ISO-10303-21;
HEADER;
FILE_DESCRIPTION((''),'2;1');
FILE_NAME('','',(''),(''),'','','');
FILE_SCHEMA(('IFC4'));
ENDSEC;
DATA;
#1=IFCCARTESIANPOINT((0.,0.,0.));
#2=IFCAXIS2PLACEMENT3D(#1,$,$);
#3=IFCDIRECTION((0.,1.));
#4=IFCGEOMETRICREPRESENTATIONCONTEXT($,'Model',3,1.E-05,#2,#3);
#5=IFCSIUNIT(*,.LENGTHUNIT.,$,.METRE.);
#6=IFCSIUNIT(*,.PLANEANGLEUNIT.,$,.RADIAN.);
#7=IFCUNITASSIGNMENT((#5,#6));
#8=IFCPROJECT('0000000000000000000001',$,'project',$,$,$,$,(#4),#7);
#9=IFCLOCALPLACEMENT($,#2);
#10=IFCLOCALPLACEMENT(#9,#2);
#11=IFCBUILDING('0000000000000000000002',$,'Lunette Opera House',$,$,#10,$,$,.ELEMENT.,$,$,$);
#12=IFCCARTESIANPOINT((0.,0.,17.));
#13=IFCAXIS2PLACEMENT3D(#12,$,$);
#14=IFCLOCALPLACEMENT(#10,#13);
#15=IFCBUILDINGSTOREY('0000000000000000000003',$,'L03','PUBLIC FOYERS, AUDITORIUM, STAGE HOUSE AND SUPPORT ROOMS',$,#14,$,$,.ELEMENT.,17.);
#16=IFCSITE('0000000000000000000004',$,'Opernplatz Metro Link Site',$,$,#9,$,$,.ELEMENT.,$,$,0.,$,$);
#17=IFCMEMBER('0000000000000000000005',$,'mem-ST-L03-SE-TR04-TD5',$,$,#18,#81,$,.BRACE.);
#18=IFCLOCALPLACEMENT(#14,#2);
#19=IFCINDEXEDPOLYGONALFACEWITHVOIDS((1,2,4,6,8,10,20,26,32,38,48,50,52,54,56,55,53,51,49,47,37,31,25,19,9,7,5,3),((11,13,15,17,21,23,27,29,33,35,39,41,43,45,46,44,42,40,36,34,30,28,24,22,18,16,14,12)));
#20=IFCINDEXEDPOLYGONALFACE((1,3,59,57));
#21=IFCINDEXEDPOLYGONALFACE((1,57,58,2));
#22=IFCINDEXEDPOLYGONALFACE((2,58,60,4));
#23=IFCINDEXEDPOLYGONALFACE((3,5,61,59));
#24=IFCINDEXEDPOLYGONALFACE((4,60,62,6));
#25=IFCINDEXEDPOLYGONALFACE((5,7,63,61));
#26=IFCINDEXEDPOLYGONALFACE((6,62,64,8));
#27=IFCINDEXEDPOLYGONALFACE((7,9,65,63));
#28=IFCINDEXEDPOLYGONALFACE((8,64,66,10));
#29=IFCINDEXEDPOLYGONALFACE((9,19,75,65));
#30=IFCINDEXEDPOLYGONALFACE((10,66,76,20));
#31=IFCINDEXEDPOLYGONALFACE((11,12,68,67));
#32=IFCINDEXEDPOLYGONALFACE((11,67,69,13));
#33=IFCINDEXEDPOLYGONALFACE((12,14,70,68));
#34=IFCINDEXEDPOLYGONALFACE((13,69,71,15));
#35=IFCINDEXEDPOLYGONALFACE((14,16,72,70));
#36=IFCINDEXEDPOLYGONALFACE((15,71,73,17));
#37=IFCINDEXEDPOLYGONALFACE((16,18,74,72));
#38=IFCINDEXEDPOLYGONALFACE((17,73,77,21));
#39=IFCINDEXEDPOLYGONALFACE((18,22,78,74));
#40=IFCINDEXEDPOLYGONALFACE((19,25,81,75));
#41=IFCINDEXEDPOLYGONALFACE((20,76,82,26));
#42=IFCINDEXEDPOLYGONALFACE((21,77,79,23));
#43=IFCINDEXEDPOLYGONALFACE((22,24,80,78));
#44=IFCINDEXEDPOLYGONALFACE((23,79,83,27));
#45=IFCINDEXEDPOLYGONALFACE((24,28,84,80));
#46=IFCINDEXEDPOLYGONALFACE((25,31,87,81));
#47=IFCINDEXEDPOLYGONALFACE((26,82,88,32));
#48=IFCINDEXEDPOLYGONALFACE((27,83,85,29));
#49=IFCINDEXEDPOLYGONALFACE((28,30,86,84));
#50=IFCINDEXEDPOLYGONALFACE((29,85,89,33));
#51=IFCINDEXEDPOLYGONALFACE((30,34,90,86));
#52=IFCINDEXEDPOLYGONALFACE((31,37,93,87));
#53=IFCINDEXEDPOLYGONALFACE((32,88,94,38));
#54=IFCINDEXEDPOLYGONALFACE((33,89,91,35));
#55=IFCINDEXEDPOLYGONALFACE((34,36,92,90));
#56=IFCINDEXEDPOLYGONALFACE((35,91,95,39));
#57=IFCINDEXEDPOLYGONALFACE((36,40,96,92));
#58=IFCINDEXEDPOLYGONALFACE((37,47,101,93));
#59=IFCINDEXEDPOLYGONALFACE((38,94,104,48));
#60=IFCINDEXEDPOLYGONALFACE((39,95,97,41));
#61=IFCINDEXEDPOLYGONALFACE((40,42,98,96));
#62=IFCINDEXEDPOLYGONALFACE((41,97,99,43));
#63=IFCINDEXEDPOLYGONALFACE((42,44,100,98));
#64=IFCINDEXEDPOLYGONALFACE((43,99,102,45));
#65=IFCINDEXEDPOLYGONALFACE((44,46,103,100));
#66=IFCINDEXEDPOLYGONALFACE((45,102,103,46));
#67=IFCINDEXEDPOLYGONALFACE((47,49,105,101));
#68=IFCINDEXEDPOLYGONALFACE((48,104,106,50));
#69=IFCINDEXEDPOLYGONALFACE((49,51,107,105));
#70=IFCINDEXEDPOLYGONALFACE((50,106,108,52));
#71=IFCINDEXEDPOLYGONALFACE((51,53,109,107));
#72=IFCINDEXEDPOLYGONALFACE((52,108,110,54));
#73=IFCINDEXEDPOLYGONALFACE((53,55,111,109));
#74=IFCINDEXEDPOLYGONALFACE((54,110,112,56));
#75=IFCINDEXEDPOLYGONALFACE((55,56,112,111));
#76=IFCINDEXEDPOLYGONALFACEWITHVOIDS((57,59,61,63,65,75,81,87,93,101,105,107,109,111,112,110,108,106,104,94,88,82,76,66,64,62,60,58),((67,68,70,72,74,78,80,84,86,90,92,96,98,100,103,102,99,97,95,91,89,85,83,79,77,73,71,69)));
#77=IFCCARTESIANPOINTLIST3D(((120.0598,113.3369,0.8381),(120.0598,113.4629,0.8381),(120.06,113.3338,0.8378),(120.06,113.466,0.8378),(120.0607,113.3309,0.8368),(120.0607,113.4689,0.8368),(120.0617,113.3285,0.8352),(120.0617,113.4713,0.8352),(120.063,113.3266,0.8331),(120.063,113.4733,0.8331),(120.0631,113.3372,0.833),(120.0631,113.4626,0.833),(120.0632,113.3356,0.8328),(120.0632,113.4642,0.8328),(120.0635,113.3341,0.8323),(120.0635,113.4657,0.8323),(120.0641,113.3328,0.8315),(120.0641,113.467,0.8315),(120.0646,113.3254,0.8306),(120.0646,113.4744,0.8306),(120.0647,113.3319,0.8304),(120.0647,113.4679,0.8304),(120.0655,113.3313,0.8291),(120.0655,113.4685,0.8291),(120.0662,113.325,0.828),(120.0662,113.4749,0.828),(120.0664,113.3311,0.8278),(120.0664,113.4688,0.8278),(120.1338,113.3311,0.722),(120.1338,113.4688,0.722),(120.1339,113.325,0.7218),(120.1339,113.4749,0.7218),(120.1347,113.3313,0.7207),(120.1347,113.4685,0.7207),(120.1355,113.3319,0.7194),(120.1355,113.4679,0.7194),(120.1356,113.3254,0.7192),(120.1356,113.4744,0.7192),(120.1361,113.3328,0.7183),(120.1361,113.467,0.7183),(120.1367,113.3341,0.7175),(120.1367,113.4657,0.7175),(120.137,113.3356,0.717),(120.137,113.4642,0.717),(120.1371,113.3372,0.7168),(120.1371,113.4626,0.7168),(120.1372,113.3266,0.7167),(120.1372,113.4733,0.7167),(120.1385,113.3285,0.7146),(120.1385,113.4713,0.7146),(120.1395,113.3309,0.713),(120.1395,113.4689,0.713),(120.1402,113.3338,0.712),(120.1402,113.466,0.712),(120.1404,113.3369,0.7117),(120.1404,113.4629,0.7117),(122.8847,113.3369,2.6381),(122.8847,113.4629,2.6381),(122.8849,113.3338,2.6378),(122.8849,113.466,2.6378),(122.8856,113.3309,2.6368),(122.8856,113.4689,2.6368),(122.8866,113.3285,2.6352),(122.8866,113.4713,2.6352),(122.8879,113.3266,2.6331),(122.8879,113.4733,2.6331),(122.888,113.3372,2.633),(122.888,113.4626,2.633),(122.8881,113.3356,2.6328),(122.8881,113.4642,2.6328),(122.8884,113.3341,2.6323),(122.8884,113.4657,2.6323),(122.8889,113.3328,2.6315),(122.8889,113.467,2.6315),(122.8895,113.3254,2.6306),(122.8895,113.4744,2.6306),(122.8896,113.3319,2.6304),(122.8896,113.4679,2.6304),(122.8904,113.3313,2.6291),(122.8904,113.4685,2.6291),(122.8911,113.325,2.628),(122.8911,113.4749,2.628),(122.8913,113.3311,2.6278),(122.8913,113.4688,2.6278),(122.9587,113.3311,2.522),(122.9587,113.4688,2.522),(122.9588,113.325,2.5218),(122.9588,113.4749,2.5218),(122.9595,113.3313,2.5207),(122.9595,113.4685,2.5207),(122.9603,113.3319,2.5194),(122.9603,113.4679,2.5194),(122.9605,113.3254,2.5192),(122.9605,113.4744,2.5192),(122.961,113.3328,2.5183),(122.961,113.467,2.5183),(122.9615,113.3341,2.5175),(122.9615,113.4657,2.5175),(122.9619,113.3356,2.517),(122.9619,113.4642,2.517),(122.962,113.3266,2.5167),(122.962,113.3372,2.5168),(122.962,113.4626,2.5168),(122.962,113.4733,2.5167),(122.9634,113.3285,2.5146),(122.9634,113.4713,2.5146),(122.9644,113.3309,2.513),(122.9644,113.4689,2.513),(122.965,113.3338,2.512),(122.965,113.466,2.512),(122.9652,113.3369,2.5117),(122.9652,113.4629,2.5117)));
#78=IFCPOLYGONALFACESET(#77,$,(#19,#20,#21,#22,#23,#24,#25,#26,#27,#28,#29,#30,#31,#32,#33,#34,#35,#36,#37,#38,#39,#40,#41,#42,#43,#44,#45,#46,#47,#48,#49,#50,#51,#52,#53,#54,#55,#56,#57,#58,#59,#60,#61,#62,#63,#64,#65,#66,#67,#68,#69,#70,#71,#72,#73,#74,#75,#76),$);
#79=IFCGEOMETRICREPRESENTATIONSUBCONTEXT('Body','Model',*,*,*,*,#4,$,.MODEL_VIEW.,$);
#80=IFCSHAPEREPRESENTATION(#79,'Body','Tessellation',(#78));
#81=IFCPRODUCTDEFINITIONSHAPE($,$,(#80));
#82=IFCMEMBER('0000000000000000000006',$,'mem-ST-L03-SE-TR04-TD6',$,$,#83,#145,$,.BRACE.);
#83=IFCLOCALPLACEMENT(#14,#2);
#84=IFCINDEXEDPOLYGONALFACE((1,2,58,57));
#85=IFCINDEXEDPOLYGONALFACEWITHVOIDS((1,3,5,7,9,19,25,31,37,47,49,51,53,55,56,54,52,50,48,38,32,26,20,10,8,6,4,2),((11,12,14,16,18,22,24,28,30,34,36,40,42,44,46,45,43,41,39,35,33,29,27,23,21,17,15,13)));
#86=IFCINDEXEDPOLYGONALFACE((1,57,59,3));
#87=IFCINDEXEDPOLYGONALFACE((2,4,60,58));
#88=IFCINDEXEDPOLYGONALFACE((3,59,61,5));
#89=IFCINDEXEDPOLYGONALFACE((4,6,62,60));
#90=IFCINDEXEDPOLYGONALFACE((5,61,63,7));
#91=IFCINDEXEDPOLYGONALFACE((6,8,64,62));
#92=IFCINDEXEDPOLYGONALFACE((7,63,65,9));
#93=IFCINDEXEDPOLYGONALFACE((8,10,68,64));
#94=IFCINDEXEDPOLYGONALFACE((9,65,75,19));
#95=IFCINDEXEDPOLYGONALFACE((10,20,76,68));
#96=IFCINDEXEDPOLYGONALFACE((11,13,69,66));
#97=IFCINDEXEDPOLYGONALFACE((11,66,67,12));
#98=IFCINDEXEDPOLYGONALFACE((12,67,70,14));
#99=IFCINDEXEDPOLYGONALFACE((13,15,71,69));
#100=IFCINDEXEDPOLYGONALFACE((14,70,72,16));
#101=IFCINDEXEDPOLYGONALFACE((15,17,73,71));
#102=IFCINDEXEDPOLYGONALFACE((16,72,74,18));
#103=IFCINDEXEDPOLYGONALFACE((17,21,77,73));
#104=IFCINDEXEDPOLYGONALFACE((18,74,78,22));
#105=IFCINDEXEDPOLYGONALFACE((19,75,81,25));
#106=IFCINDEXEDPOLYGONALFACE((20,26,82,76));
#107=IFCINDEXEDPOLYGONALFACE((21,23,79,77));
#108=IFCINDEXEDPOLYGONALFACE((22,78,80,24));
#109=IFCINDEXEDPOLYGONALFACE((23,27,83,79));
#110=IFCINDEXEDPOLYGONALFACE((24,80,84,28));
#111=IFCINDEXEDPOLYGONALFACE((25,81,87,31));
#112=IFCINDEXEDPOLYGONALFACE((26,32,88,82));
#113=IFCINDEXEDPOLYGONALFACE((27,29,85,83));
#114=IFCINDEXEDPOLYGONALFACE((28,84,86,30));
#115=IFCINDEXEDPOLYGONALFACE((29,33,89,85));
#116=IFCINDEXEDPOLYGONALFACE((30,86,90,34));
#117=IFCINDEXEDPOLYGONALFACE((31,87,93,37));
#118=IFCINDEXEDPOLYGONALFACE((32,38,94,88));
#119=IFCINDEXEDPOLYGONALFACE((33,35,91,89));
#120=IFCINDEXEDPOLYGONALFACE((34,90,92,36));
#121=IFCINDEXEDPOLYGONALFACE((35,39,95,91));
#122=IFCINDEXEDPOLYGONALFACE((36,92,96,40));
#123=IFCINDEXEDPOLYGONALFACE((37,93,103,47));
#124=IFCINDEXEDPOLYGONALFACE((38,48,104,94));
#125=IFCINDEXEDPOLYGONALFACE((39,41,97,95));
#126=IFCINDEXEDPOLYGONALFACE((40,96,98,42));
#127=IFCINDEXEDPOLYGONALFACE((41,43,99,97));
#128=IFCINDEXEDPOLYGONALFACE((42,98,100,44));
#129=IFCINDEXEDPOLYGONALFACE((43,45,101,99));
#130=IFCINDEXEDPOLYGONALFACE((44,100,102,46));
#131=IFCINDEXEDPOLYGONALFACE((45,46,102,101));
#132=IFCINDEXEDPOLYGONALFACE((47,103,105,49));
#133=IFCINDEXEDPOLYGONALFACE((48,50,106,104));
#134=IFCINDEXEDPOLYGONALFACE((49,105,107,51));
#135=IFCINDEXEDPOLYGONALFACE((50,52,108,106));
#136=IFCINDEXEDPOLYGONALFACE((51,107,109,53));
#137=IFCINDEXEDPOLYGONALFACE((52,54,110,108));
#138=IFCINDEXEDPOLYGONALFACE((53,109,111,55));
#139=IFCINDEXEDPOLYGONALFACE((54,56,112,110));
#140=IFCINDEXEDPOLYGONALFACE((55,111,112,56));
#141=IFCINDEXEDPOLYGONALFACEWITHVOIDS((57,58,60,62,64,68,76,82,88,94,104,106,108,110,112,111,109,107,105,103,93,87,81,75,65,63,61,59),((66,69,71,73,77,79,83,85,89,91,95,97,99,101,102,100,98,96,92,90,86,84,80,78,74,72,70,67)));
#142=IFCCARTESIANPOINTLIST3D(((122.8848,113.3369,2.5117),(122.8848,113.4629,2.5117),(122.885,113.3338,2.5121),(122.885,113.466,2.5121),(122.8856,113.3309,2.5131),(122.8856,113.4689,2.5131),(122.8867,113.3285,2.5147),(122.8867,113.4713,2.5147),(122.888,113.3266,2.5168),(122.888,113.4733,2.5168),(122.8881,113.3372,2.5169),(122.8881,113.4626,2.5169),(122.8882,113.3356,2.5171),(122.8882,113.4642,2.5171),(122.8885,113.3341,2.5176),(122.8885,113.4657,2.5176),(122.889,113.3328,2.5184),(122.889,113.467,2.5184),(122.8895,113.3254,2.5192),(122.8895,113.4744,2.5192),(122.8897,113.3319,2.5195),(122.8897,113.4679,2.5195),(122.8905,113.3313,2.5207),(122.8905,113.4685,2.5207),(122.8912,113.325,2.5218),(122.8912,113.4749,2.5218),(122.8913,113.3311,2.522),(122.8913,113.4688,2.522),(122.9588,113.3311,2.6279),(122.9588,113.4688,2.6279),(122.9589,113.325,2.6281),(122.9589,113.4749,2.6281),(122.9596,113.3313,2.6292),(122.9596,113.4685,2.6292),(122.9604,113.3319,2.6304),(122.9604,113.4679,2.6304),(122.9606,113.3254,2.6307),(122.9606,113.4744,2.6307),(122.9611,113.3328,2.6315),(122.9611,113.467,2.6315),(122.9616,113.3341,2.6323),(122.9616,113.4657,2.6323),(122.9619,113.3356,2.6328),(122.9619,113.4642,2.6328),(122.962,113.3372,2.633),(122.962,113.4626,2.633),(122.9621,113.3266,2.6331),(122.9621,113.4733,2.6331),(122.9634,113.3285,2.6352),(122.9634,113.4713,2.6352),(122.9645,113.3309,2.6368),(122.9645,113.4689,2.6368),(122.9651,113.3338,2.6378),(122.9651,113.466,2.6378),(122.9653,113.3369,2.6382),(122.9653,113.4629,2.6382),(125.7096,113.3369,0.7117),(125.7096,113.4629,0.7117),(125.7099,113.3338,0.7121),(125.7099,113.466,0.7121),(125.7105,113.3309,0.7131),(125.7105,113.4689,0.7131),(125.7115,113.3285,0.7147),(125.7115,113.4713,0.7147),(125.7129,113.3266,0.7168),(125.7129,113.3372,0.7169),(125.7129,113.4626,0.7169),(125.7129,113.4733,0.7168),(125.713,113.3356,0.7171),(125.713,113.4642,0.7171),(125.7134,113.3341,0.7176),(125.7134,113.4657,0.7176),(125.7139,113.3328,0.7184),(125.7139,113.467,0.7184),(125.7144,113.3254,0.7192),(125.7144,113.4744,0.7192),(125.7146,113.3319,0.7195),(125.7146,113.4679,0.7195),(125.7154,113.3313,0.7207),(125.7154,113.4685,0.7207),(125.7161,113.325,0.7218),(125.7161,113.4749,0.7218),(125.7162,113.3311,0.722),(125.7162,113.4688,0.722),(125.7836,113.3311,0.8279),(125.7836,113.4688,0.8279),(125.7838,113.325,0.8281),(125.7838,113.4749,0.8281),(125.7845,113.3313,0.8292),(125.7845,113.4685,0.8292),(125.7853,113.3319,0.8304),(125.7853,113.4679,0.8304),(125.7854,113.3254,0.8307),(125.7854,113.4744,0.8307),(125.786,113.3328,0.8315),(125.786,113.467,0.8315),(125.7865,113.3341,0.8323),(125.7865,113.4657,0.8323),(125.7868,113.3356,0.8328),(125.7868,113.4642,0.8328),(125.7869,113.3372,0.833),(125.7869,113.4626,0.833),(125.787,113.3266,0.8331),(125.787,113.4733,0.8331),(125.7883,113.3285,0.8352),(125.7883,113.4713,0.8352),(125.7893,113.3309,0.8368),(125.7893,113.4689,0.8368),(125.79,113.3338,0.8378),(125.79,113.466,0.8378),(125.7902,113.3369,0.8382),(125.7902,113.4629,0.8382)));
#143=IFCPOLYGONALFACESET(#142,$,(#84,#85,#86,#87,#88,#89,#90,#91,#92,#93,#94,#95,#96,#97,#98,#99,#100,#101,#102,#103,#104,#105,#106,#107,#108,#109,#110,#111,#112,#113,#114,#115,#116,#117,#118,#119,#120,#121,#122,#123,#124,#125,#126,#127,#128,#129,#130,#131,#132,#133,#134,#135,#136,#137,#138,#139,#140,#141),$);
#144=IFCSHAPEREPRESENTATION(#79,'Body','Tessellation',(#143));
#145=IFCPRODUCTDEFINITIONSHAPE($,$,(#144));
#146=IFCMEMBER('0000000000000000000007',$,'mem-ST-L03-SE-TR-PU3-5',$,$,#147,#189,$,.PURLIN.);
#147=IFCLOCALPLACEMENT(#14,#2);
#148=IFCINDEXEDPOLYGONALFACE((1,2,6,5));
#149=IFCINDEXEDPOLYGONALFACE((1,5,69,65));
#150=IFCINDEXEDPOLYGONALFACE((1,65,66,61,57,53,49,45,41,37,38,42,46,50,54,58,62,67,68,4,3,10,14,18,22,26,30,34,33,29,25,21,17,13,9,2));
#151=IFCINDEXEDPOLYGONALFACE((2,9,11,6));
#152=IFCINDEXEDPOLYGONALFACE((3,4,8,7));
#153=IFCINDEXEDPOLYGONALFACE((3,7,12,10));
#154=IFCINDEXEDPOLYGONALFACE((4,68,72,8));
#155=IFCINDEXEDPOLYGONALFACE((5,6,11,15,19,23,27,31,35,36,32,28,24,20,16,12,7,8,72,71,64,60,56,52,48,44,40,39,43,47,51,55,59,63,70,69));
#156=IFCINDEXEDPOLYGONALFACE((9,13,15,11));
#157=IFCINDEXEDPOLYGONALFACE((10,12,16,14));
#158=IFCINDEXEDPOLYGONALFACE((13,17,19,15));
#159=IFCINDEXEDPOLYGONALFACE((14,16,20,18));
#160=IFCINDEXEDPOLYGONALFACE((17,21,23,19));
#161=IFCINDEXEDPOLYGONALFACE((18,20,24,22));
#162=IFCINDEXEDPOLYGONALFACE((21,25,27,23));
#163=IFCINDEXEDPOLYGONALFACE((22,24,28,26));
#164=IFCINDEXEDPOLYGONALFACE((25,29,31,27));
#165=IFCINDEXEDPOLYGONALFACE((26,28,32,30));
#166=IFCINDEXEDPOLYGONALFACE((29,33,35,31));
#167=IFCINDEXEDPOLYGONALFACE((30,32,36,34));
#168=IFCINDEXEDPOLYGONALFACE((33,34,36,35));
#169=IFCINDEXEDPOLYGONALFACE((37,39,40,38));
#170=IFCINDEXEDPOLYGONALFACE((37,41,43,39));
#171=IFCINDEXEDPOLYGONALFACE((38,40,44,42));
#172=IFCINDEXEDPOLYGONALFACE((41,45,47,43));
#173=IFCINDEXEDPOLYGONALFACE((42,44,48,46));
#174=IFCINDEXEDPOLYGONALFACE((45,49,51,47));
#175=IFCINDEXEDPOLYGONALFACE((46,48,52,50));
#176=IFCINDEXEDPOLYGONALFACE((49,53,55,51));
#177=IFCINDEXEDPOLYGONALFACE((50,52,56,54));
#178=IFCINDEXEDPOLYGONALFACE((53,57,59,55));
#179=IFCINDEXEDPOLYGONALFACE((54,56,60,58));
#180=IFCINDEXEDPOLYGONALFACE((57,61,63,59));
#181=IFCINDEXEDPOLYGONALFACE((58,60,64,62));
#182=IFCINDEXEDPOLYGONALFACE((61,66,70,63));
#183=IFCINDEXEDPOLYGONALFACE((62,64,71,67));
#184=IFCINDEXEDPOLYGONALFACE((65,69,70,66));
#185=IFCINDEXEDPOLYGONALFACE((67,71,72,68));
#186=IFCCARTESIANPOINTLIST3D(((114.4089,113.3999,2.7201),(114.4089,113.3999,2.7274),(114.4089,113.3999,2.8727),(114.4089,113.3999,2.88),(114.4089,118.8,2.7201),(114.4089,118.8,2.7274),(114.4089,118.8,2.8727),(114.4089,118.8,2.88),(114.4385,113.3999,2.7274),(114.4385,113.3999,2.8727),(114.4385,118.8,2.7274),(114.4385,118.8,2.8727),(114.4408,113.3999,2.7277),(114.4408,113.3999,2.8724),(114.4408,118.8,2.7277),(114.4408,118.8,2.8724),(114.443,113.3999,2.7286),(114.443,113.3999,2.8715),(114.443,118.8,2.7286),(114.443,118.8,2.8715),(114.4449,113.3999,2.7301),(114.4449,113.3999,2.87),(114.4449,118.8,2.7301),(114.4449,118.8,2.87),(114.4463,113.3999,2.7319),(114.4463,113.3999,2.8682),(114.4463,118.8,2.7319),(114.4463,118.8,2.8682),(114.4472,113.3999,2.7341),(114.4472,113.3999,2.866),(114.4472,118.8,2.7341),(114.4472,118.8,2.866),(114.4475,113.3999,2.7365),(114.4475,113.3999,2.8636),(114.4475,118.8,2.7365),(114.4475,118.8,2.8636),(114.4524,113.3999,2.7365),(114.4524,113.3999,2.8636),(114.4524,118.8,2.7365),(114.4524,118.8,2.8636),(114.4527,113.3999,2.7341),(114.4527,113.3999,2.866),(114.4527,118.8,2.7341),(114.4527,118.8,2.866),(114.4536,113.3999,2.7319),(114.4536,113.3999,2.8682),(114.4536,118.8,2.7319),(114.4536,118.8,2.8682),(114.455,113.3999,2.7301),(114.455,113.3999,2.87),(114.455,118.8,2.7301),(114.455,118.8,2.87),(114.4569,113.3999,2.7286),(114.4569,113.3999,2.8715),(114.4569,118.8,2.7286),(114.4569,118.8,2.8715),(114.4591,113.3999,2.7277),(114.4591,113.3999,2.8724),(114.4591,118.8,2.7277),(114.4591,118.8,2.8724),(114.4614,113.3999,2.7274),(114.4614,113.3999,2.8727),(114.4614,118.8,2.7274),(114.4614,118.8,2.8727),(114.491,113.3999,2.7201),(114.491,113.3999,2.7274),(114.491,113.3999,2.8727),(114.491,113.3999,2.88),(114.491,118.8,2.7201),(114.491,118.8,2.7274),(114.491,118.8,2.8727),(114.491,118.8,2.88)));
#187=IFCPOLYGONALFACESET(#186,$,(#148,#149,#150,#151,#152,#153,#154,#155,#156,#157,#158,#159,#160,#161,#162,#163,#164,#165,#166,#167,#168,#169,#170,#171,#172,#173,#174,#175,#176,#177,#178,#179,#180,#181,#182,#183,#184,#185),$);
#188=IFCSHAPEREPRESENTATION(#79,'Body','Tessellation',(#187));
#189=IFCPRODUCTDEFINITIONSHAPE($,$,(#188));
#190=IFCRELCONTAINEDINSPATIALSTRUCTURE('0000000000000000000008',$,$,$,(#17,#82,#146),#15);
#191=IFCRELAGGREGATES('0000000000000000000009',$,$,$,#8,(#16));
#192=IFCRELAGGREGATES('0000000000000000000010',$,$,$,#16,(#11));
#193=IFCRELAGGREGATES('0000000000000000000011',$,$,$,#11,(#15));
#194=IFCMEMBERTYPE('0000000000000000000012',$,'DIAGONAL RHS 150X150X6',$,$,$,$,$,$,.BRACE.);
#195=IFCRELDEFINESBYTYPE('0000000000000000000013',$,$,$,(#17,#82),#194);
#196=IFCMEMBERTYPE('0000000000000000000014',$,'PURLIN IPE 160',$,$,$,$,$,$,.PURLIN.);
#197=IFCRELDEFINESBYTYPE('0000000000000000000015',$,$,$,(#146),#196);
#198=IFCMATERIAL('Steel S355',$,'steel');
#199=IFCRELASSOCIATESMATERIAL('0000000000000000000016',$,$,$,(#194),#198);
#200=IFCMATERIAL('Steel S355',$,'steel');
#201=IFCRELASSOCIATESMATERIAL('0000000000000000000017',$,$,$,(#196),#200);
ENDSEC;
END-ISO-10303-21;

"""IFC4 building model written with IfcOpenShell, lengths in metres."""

from ifc_helpers import new_model, si_unit, direction, frame, origin, origin_2d, place, context, subcontext, project, spatial, hollow_rectangle, i_section, extrude, material, material_profile, profile_set, type_object, element, save


model = new_model("IFC4")

# Units and contexts
model_context = context("Model", 3, precision=1e-05, world=origin(), true_north=direction((0.0, 1.0)))
body_context = subcontext(model_context, "Body", "Model", "MODEL_VIEW")
ifc_project = project(units=[si_unit("LENGTHUNIT", "METRE"), si_unit("PLANEANGLEUNIT", "RADIAN")], contexts=[model_context])

# Site, building, storey
site_placement = place(None, origin())
site = spatial("IfcSite", under=ifc_project, at=site_placement, Name="Opernplatz Metro Link Site", CompositionType="ELEMENT", RefElevation=0.0)
building_placement = place(site_placement, origin())
building = spatial("IfcBuilding", under=site, at=building_placement, Name="Lunette Opera House", CompositionType="ELEMENT")
storey_placement = place(building_placement, frame((0.0, 0.0, 17.0)))
storey = spatial("IfcBuildingStorey", under=building, at=storey_placement, Name="L03", Description="PUBLIC FOYERS, AUDITORIUM, STAGE HOUSE AND SUPPORT ROOMS", CompositionType="ELEMENT", Elevation=17.0)

# Members
ifc_material_1 = material(Name="Steel S355", Category="steel")
ifc_material_profile_1 = material_profile(ifc_material_1, hollow_rectangle(XDim=0.1499, YDim=0.1499, WallThickness=0.0061, InnerFilletRadius=0.0061, OuterFilletRadius=0.012, at=origin_2d()), Name="RHS 150X150X6")
ifc_profile_set_1 = profile_set([ifc_material_profile_1], Name="Steel S355")
member_type_1 = type_object("IfcMemberType", Name="DIAGONAL RHS 150X150X6", PredefinedType="BRACE", material=ifc_profile_set_1)
for number, where, z_axis, x_axis, name in (
    (1, (120.1001, 113.3999, 0.7749), (0.843343, 0.0, 0.537375), (0.0, 1.0, 0.0), "mem-ST-L03-SE-TR04-TD5"),
    (2, (122.925, 113.3999, 2.575), (0.843343, 0.0, -0.537375), (0.0, 1.0, 0.0), "mem-ST-L03-SE-TR04-TD6"),
):
    element("IfcMember", number, at=place(storey_placement, frame(where, z_axis=z_axis, x_axis=x_axis)), inside=storey, type_object=member_type_1, Name=name, PredefinedType="BRACE", context=body_context, shape_type="SweptSolid", body=[
        extrude(hollow_rectangle(XDim=0.1499, YDim=0.1499, WallThickness=0.0061, InnerFilletRadius=0.0061, OuterFilletRadius=0.012, at=origin_2d()), origin(), (0.0, 0.0, 1.0), 3.3496),
    ])
ifc_material_2 = material(Name="Steel S355", Category="steel")
ifc_material_profile_2 = material_profile(ifc_material_2, i_section(OverallWidth=0.082, OverallDepth=0.1599, WebThickness=0.0049, FlangeThickness=0.0073, FilletRadius=0.009, at=origin_2d()), Name="IPE 160")
ifc_profile_set_2 = profile_set([ifc_material_profile_2], Name="Steel S355")
member_type_2 = type_object("IfcMemberType", Name="PURLIN IPE 160", PredefinedType="PURLIN", material=ifc_profile_set_2)
for number, where, z_axis, x_axis, name in (
    (3, (114.45, 113.3999, 2.8), (0.0, 1.0, 0.0), (-1.0, 0.0, 0.0), "mem-ST-L03-SE-TR-PU3-5"),
):
    element("IfcMember", number, at=place(storey_placement, frame(where, z_axis=z_axis, x_axis=x_axis)), inside=storey, type_object=member_type_2, Name=name, PredefinedType="PURLIN", context=body_context, shape_type="SweptSolid", body=[
        extrude(i_section(OverallWidth=0.082, OverallDepth=0.1599, WebThickness=0.0049, FlangeThickness=0.0073, FilletRadius=0.009, at=origin_2d()), origin(), (0.0, 0.0, 1.0), 5.4001),
    ])

save(model, "model.ifc")
